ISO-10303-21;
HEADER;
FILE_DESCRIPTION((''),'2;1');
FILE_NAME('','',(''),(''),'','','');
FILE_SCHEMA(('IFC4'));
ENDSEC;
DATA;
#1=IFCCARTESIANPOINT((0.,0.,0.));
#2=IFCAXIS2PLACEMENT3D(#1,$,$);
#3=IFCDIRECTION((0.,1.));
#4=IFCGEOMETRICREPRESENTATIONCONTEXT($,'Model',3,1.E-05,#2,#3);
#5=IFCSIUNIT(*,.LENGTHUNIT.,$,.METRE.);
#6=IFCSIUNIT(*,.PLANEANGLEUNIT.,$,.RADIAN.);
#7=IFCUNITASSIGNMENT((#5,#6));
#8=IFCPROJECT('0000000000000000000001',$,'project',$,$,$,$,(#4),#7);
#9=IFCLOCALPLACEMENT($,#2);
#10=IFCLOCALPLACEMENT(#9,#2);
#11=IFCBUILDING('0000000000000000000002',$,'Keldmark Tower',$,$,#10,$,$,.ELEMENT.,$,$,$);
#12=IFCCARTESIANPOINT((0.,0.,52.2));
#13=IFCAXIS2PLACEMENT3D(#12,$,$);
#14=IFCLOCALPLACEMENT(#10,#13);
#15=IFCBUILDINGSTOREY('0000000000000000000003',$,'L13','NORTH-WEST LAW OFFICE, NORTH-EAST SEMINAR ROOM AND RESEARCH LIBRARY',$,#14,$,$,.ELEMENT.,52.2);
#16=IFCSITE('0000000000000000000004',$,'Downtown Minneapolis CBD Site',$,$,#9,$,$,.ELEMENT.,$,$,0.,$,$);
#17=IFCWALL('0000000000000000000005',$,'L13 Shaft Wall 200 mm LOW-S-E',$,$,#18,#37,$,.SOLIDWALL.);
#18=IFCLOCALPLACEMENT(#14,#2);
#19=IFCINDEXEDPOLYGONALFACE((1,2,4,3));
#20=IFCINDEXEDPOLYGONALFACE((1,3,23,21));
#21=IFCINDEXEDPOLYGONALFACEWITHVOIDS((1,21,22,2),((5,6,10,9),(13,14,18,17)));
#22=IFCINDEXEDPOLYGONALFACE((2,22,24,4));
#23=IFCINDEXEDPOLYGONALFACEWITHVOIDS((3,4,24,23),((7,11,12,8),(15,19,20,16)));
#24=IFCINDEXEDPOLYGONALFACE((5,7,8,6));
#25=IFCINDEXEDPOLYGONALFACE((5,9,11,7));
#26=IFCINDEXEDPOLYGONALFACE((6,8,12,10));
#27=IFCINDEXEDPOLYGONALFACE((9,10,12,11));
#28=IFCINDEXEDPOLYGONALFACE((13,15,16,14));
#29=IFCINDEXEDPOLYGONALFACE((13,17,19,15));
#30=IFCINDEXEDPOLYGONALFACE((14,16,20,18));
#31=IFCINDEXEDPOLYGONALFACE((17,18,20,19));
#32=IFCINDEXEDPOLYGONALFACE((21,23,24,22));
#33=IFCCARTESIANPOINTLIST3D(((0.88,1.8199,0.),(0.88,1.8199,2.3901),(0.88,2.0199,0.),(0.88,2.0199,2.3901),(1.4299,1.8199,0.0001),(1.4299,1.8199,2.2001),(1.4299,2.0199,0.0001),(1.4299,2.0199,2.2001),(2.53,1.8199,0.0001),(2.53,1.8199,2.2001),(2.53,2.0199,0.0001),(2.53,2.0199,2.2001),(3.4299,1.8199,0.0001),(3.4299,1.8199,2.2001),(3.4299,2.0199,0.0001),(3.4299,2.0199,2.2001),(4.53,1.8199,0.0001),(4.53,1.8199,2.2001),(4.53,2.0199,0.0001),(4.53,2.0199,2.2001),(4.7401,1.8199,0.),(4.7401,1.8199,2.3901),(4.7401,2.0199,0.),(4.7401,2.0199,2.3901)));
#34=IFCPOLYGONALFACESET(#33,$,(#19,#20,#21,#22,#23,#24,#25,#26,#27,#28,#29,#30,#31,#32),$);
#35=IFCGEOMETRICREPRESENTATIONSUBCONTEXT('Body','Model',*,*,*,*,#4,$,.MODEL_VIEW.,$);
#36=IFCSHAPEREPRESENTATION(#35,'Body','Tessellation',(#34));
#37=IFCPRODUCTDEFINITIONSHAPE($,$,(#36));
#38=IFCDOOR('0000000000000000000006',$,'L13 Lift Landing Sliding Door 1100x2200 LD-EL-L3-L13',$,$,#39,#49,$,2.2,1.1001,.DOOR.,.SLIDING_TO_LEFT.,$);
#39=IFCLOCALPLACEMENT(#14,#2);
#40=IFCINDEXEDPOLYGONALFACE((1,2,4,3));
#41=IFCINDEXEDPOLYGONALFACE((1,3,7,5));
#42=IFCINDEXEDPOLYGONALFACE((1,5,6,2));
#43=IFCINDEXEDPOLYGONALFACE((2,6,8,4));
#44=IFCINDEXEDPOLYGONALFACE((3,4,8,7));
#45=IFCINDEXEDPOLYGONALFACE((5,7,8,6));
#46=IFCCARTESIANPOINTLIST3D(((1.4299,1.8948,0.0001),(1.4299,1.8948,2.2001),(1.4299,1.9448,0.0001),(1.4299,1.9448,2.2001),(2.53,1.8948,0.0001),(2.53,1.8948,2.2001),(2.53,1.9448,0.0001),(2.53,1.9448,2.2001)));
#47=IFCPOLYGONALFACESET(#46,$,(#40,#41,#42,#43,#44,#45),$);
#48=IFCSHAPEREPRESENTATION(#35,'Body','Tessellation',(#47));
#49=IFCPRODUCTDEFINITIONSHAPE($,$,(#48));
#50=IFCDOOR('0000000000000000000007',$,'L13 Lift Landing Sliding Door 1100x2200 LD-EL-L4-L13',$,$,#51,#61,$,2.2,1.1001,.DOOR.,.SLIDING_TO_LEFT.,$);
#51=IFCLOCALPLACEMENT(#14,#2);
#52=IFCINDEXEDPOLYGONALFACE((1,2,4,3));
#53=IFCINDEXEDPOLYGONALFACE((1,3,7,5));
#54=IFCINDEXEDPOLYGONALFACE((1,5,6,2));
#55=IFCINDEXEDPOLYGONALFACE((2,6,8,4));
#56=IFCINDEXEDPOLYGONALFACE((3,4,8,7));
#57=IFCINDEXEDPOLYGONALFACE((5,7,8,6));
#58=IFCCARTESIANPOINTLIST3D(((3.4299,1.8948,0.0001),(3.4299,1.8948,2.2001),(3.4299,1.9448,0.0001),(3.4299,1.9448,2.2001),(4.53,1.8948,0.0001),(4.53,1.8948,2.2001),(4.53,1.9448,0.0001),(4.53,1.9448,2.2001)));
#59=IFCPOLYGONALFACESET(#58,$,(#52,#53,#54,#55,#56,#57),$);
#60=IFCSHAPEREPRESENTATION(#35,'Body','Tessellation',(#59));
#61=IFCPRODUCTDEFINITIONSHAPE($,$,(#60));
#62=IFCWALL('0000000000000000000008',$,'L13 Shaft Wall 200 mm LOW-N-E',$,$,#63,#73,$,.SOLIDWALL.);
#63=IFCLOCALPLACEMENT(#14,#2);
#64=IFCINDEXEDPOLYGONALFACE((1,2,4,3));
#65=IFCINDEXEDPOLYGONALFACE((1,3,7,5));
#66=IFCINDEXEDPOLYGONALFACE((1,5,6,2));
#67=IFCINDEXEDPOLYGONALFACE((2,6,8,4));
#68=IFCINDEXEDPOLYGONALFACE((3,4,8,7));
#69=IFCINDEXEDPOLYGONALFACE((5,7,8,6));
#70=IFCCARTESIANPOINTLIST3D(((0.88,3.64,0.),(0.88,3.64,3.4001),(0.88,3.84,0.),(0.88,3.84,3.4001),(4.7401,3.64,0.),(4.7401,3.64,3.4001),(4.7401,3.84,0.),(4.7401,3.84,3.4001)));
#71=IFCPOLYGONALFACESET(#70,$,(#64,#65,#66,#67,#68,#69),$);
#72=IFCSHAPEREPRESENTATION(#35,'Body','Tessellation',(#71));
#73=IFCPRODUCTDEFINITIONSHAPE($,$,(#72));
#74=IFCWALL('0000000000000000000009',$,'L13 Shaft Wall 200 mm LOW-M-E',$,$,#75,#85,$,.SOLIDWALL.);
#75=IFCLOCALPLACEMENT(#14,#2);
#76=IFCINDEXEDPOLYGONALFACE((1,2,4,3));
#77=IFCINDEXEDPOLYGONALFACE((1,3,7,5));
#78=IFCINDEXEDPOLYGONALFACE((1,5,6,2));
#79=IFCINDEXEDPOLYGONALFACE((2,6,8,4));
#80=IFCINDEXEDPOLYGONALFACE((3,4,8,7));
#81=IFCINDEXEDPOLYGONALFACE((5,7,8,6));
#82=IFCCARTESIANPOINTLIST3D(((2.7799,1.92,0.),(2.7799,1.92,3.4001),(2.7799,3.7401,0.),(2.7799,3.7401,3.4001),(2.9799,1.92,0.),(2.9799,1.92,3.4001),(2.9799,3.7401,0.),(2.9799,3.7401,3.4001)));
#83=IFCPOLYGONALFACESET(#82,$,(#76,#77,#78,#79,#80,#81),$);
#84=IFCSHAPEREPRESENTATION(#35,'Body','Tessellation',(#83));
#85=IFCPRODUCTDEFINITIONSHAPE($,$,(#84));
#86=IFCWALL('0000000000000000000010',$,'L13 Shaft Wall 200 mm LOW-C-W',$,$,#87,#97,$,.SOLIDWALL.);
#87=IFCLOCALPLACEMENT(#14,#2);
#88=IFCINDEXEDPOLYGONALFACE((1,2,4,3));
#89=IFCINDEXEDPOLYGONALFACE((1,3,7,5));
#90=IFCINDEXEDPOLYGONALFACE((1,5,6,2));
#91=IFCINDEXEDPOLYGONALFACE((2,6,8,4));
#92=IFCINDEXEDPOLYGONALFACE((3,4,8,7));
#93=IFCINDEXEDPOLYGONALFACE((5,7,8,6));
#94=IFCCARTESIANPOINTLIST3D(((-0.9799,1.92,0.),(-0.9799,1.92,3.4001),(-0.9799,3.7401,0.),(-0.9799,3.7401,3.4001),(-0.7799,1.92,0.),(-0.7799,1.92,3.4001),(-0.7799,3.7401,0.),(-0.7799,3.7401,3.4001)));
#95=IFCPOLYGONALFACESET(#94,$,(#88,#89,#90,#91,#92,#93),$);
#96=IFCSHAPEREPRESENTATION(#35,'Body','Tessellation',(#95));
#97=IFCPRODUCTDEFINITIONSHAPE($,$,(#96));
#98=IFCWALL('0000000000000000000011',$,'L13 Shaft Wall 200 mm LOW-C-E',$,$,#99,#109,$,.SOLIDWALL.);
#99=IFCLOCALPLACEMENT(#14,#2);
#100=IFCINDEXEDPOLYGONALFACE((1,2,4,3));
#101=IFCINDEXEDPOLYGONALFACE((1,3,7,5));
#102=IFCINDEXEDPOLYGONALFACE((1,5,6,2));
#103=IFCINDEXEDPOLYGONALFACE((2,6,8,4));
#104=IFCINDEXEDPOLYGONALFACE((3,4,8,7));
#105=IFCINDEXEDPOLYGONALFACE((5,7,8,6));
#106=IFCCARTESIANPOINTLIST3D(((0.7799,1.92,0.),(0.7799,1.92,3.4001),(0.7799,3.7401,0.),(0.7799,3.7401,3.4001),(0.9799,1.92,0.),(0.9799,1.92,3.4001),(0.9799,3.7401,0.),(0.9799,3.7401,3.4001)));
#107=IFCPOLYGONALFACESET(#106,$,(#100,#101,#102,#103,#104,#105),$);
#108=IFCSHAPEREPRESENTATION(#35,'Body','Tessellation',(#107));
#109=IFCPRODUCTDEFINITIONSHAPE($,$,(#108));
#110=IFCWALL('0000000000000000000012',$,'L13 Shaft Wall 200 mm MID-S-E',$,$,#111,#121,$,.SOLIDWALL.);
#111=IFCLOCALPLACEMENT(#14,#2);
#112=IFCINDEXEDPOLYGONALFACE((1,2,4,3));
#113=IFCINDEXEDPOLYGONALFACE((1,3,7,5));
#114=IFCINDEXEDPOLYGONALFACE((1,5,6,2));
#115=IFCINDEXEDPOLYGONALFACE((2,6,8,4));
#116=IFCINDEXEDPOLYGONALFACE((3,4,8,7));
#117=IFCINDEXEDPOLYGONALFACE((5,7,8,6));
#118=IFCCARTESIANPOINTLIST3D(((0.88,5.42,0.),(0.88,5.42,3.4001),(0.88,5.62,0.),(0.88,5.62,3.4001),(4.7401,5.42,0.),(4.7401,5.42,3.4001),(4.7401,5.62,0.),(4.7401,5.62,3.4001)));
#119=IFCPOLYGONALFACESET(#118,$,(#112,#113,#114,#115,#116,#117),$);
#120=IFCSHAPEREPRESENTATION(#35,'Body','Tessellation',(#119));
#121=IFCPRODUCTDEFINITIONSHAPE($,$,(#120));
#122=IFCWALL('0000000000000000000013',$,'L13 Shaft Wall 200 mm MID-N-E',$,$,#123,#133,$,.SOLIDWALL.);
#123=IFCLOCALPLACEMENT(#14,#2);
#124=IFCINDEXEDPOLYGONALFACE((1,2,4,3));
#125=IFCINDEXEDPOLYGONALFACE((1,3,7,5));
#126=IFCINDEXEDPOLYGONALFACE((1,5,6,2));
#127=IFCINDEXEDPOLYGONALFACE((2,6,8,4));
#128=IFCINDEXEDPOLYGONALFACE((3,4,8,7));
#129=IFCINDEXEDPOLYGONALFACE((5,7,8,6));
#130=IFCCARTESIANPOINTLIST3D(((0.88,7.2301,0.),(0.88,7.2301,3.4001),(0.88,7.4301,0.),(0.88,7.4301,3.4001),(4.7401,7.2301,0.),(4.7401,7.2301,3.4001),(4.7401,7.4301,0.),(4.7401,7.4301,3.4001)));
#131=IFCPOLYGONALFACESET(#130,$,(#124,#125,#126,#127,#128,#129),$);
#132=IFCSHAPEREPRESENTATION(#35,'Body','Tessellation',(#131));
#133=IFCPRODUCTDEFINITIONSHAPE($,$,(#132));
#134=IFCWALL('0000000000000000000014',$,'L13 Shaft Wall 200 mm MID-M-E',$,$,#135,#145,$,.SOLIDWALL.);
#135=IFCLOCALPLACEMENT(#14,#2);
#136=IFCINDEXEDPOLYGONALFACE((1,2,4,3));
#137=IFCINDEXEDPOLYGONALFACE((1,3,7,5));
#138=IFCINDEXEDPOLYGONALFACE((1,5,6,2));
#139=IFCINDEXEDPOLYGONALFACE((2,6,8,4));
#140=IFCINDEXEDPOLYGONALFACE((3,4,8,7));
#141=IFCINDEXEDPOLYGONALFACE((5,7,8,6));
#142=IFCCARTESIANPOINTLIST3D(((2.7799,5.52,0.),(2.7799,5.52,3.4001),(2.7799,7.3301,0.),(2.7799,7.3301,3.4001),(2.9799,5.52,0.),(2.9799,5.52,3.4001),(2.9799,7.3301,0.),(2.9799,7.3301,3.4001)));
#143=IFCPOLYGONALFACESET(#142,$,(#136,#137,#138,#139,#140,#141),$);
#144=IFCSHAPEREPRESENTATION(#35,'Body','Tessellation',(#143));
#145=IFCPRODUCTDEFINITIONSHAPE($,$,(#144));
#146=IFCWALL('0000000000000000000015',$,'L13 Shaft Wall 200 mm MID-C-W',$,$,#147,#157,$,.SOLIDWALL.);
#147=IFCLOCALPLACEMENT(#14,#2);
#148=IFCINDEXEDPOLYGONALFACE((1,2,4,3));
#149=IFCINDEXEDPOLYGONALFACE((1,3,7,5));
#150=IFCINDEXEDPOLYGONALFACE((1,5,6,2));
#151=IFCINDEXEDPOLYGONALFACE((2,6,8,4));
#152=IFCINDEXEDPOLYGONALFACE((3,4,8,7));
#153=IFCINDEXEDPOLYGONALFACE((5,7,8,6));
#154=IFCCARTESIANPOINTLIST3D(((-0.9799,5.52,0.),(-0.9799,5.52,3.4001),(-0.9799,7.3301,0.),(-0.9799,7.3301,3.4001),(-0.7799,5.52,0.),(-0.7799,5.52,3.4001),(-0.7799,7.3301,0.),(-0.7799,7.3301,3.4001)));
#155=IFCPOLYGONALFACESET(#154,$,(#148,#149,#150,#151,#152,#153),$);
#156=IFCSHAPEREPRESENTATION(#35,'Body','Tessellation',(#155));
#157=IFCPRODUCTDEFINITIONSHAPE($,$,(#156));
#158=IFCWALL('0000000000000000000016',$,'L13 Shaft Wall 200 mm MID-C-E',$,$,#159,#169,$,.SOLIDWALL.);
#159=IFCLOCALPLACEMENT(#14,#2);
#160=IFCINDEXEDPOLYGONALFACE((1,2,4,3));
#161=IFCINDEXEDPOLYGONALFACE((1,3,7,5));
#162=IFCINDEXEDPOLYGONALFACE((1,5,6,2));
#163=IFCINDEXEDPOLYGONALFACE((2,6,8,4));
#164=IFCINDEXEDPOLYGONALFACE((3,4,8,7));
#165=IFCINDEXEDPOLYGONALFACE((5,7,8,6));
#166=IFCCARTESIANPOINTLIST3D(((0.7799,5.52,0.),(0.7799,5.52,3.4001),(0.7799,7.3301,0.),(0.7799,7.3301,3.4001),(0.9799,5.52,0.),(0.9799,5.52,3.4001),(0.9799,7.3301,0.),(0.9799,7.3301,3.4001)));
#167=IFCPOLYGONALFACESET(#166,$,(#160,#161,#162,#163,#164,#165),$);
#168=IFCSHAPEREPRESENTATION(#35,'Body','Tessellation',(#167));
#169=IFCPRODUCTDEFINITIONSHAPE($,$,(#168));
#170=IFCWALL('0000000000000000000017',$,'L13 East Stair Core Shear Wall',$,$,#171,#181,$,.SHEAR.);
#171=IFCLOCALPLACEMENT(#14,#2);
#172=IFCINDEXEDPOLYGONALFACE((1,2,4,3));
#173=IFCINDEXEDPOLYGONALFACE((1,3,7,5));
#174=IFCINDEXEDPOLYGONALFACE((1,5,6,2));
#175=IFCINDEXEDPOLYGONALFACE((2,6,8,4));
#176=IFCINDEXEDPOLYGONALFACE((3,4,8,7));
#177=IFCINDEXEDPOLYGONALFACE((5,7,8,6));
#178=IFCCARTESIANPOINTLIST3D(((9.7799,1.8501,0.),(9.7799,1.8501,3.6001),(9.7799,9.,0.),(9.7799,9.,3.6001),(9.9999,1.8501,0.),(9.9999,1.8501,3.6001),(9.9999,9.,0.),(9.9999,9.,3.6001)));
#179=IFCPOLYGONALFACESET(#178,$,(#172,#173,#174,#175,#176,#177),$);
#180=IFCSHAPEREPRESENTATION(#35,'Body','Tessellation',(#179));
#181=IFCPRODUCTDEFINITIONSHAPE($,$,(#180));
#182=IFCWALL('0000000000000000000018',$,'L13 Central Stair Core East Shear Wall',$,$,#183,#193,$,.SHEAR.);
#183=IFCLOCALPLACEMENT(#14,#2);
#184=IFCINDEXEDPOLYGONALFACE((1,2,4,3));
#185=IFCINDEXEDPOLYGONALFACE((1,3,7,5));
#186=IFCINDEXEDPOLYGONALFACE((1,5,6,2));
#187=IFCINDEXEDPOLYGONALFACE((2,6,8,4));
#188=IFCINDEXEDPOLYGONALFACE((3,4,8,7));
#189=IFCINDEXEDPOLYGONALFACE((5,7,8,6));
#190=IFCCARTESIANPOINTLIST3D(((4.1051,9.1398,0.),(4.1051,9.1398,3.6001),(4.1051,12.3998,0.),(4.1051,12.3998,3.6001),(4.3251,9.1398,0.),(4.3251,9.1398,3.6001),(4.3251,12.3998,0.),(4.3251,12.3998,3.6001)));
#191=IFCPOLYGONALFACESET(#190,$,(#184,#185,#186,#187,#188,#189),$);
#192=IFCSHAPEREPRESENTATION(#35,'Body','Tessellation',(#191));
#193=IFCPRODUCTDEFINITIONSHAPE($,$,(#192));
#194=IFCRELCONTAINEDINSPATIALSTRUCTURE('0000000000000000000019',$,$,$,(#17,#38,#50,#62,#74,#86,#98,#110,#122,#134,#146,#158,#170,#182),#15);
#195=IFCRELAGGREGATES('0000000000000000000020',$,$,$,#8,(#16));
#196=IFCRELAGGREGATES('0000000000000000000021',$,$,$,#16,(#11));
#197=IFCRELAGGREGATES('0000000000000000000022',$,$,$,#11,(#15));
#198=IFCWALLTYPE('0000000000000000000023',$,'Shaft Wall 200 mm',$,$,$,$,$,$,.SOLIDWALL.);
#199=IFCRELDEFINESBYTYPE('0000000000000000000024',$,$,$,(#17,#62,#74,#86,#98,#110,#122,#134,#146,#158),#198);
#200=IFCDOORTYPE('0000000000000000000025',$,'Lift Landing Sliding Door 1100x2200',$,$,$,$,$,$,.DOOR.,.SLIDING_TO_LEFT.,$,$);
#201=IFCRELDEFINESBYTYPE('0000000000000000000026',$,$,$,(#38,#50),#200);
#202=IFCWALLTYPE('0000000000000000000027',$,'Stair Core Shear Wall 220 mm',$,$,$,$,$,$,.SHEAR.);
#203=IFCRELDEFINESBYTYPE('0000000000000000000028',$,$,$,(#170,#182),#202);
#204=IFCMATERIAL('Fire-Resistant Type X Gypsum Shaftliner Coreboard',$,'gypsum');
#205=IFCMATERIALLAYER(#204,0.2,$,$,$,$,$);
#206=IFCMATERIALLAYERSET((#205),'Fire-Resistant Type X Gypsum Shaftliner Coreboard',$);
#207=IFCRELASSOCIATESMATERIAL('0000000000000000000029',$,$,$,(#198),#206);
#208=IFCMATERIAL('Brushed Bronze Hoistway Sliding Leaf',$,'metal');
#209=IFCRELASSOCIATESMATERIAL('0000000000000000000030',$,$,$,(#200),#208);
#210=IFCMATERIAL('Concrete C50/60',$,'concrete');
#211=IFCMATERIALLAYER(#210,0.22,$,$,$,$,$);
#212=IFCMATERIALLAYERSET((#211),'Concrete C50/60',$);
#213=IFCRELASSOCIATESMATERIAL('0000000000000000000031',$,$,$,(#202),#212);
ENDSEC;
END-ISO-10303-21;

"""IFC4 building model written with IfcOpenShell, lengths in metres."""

from ifc_helpers import new_model, si_unit, direction, frame, frame_2d, origin, place, context, subcontext, project, spatial, rectangle, extrude, material, layer, layer_set, type_object, element, fill, save


model = new_model("IFC4")

# Units and contexts
model_context = context("Model", 3, precision=1e-05, world=origin(), true_north=direction((0.0, 1.0)))
body_context = subcontext(model_context, "Body", "Model", "MODEL_VIEW")
ifc_project = project(units=[si_unit("LENGTHUNIT", "METRE"), si_unit("PLANEANGLEUNIT", "RADIAN")], contexts=[model_context])

# Site, building, storey
site_placement = place(None, origin())
site = spatial("IfcSite", under=ifc_project, at=site_placement, Name="Downtown Minneapolis CBD Site", CompositionType="ELEMENT", RefElevation=0.0)
building_placement = place(site_placement, origin())
building = spatial("IfcBuilding", under=site, at=building_placement, Name="Keldmark Tower", CompositionType="ELEMENT")
storey_placement = place(building_placement, frame((0.0, 0.0, 52.2)))
storey = spatial("IfcBuildingStorey", under=building, at=storey_placement, Name="L13", Description="NORTH-WEST LAW OFFICE, NORTH-EAST SEMINAR ROOM AND RESEARCH LIBRARY", CompositionType="ELEMENT", Elevation=52.2)

# Shared definitions
ifc_material_1 = material(Name="Fire-Resistant Type X Gypsum Shaftliner Coreboard", Category="gypsum")
ifc_layer_1 = layer(ifc_material_1, 0.2)
ifc_layer_set_1 = layer_set([ifc_layer_1], Name="Fire-Resistant Type X Gypsum Shaftliner Coreboard")
wall_type_1 = type_object("IfcWallType", Name="Shaft Wall 200 mm", PredefinedType="SOLIDWALL", material=ifc_layer_set_1)

# Wall, openings, doors
wall_1_placement = place(storey_placement, frame((0.8799, 1.9199, 0.0), z_axis=(0.0, 0.0, 1.0), x_axis=(1.0, 0.0, 0.0)))
wall_1 = element("IfcWall", 1, at=wall_1_placement, inside=storey, type_object=wall_type_1, Name="L13 Shaft Wall 200 mm LOW-S-E", PredefinedType="SOLIDWALL", context=body_context, shape_type="SweptSolid", body=[
    extrude(rectangle(XDim=3.8601, YDim=0.2, at=frame_2d((1.9302, 0.0))), origin(), (0.0, 0.0, 1.0), 2.3901),
])
opening_1_placement = place(wall_1_placement, frame((0.55, 0.0, 0.0)))
opening_1 = element("IfcOpeningElement", 2, at=opening_1_placement, cuts=wall_1, PredefinedType="OPENING", context=body_context, shape_type="SweptSolid", body=[
    extrude(rectangle(XDim=1.1001, YDim=2.2, at=frame_2d((0.55, 1.1001))), frame((0.0, 0.1099, 0.0), z_axis=(0.0, -1.0, 0.0), x_axis=(1.0, 0.0, 0.0)), (0.0, 0.0, 1.0), 0.22),
])
opening_2_placement = place(wall_1_placement, frame((2.55, 0.0, 0.0)))
opening_2 = element("IfcOpeningElement", 3, at=opening_2_placement, cuts=wall_1, PredefinedType="OPENING", context=body_context, shape_type="SweptSolid", body=[
    extrude(rectangle(XDim=1.1001, YDim=2.2, at=frame_2d((0.55, 1.1001))), frame((0.0, 0.1099, 0.0), z_axis=(0.0, -1.0, 0.0), x_axis=(1.0, 0.0, 0.0)), (0.0, 0.0, 1.0), 0.22),
])
ifc_material_2 = material(Name="Brushed Bronze Hoistway Sliding Leaf", Category="metal")
door_type_1 = type_object("IfcDoorType", Name="Lift Landing Sliding Door 1100x2200", OperationType="SLIDING_TO_LEFT", PredefinedType="DOOR", material=ifc_material_2)
door_1_placement = place(opening_1_placement, origin())
door_1 = element("IfcDoor", 4, at=door_1_placement, inside=storey, type_object=door_type_1, Name="L13 Lift Landing Sliding Door 1100x2200 LD-EL-L3-L13", OperationType="SLIDING_TO_LEFT", OverallHeight=2.2, OverallWidth=1.1001, PredefinedType="DOOR", context=body_context, shape_type="SweptSolid", body=[
    extrude(rectangle(XDim=1.1001, YDim=2.2, at=frame_2d((0.55, 1.1001))), frame((0.0, 0.0249, 0.0), z_axis=(0.0, -1.0, 0.0), x_axis=(1.0, 0.0, 0.0)), (0.0, 0.0, 1.0), 0.05),
])
fill(opening_1, door_1)
door_2_placement = place(opening_2_placement, origin())
door_2 = element("IfcDoor", 5, at=door_2_placement, inside=storey, type_object=door_type_1, Name="L13 Lift Landing Sliding Door 1100x2200 LD-EL-L4-L13", OperationType="SLIDING_TO_LEFT", OverallHeight=2.2, OverallWidth=1.1001, PredefinedType="DOOR", context=body_context, shape_type="SweptSolid", body=[
    extrude(rectangle(XDim=1.1001, YDim=2.2, at=frame_2d((0.55, 1.1001))), frame((0.0, 0.0249, 0.0), z_axis=(0.0, -1.0, 0.0), x_axis=(1.0, 0.0, 0.0)), (0.0, 0.0, 1.0), 0.05),
])
fill(opening_2, door_2)

# Walls
wall_2_placement = place(storey_placement, frame((0.8799, 3.74, 0.0), z_axis=(0.0, 0.0, 1.0), x_axis=(1.0, 0.0, 0.0)))
element("IfcWall", 6, at=wall_2_placement, inside=storey, type_object=wall_type_1, Name="L13 Shaft Wall 200 mm LOW-N-E", PredefinedType="SOLIDWALL", context=body_context, shape_type="SweptSolid", body=[
    extrude(rectangle(XDim=3.8601, YDim=0.2, at=frame_2d((1.9302, 0.0))), origin(), (0.0, 0.0, 1.0), 3.4001),
])
for number, where, z_axis, x_axis, name in (
    (7, (2.8799, 1.9199, 0.0), (0.0, 0.0, 1.0), (0.0, 1.0, 0.0), "L13 Shaft Wall 200 mm LOW-M-E"),
    (8, (-0.8799, 1.9199, 0.0), (0.0, 0.0, 1.0), (0.0, 1.0, 0.0), "L13 Shaft Wall 200 mm LOW-C-W"),
    (9, (0.8799, 1.9199, 0.0), (0.0, 0.0, 1.0), (0.0, 1.0, 0.0), "L13 Shaft Wall 200 mm LOW-C-E"),
):
    element("IfcWall", number, at=place(storey_placement, frame(where, z_axis=z_axis, x_axis=x_axis)), inside=storey, type_object=wall_type_1, Name=name, PredefinedType="SOLIDWALL", context=body_context, shape_type="SweptSolid", body=[
        extrude(rectangle(XDim=1.8201, YDim=0.2, at=frame_2d((0.9102, 0.0))), origin(), (0.0, 0.0, 1.0), 3.4001),
    ])
for number, where, z_axis, x_axis, name in (
    (10, (0.8799, 5.52, 0.0), (0.0, 0.0, 1.0), (1.0, 0.0, 0.0), "L13 Shaft Wall 200 mm MID-S-E"),
    (11, (0.8799, 7.3301, 0.0), (0.0, 0.0, 1.0), (1.0, 0.0, 0.0), "L13 Shaft Wall 200 mm MID-N-E"),
):
    element("IfcWall", number, at=place(storey_placement, frame(where, z_axis=z_axis, x_axis=x_axis)), inside=storey, type_object=wall_type_1, Name=name, PredefinedType="SOLIDWALL", context=body_context, shape_type="SweptSolid", body=[
        extrude(rectangle(XDim=3.8601, YDim=0.2, at=frame_2d((1.9302, 0.0))), origin(), (0.0, 0.0, 1.0), 3.4001),
    ])
for number, where, z_axis, x_axis, name in (
    (12, (2.8799, 5.52, 0.0), (0.0, 0.0, 1.0), (0.0, 1.0, 0.0), "L13 Shaft Wall 200 mm MID-M-E"),
    (13, (-0.8799, 5.52, 0.0), (0.0, 0.0, 1.0), (0.0, 1.0, 0.0), "L13 Shaft Wall 200 mm MID-C-W"),
    (14, (0.8799, 5.52, 0.0), (0.0, 0.0, 1.0), (0.0, 1.0, 0.0), "L13 Shaft Wall 200 mm MID-C-E"),
):
    element("IfcWall", number, at=place(storey_placement, frame(where, z_axis=z_axis, x_axis=x_axis)), inside=storey, type_object=wall_type_1, Name=name, PredefinedType="SOLIDWALL", context=body_context, shape_type="SweptSolid", body=[
        extrude(rectangle(XDim=1.8101, YDim=0.2, at=frame_2d((0.905, 0.0))), origin(), (0.0, 0.0, 1.0), 3.4001),
    ])
ifc_material_3 = material(Name="Concrete C50/60", Category="concrete")
ifc_layer_2 = layer(ifc_material_3, 0.22)
ifc_layer_set_2 = layer_set([ifc_layer_2], Name="Concrete C50/60")
wall_type_2 = type_object("IfcWallType", Name="Stair Core Shear Wall 220 mm", PredefinedType="SHEAR", material=ifc_layer_set_2)
wall_3_placement = place(storey_placement, frame((9.8899, 1.8501, 0.0), z_axis=(0.0, 0.0, 1.0), x_axis=(0.0, 1.0, 0.0)))
element("IfcWall", 15, at=wall_3_placement, inside=storey, type_object=wall_type_2, Name="L13 East Stair Core Shear Wall", PredefinedType="SHEAR", context=body_context, shape_type="SweptSolid", body=[
    extrude(rectangle(XDim=7.1499, YDim=0.22, at=frame_2d((3.575, 0.0))), origin(), (0.0, 0.0, 1.0), 3.6001),
])
wall_4_placement = place(storey_placement, frame((4.2151, 9.1399, 0.0), z_axis=(0.0, 0.0, 1.0), x_axis=(0.0, 1.0, 0.0)))
element("IfcWall", 16, at=wall_4_placement, inside=storey, type_object=wall_type_2, Name="L13 Central Stair Core East Shear Wall", PredefinedType="SHEAR", context=body_context, shape_type="SweptSolid", body=[
    extrude(rectangle(XDim=3.26, YDim=0.22, at=frame_2d((1.6299, 0.0))), origin(), (0.0, 0.0, 1.0), 3.6001),
])

save(model, "model.ifc")
